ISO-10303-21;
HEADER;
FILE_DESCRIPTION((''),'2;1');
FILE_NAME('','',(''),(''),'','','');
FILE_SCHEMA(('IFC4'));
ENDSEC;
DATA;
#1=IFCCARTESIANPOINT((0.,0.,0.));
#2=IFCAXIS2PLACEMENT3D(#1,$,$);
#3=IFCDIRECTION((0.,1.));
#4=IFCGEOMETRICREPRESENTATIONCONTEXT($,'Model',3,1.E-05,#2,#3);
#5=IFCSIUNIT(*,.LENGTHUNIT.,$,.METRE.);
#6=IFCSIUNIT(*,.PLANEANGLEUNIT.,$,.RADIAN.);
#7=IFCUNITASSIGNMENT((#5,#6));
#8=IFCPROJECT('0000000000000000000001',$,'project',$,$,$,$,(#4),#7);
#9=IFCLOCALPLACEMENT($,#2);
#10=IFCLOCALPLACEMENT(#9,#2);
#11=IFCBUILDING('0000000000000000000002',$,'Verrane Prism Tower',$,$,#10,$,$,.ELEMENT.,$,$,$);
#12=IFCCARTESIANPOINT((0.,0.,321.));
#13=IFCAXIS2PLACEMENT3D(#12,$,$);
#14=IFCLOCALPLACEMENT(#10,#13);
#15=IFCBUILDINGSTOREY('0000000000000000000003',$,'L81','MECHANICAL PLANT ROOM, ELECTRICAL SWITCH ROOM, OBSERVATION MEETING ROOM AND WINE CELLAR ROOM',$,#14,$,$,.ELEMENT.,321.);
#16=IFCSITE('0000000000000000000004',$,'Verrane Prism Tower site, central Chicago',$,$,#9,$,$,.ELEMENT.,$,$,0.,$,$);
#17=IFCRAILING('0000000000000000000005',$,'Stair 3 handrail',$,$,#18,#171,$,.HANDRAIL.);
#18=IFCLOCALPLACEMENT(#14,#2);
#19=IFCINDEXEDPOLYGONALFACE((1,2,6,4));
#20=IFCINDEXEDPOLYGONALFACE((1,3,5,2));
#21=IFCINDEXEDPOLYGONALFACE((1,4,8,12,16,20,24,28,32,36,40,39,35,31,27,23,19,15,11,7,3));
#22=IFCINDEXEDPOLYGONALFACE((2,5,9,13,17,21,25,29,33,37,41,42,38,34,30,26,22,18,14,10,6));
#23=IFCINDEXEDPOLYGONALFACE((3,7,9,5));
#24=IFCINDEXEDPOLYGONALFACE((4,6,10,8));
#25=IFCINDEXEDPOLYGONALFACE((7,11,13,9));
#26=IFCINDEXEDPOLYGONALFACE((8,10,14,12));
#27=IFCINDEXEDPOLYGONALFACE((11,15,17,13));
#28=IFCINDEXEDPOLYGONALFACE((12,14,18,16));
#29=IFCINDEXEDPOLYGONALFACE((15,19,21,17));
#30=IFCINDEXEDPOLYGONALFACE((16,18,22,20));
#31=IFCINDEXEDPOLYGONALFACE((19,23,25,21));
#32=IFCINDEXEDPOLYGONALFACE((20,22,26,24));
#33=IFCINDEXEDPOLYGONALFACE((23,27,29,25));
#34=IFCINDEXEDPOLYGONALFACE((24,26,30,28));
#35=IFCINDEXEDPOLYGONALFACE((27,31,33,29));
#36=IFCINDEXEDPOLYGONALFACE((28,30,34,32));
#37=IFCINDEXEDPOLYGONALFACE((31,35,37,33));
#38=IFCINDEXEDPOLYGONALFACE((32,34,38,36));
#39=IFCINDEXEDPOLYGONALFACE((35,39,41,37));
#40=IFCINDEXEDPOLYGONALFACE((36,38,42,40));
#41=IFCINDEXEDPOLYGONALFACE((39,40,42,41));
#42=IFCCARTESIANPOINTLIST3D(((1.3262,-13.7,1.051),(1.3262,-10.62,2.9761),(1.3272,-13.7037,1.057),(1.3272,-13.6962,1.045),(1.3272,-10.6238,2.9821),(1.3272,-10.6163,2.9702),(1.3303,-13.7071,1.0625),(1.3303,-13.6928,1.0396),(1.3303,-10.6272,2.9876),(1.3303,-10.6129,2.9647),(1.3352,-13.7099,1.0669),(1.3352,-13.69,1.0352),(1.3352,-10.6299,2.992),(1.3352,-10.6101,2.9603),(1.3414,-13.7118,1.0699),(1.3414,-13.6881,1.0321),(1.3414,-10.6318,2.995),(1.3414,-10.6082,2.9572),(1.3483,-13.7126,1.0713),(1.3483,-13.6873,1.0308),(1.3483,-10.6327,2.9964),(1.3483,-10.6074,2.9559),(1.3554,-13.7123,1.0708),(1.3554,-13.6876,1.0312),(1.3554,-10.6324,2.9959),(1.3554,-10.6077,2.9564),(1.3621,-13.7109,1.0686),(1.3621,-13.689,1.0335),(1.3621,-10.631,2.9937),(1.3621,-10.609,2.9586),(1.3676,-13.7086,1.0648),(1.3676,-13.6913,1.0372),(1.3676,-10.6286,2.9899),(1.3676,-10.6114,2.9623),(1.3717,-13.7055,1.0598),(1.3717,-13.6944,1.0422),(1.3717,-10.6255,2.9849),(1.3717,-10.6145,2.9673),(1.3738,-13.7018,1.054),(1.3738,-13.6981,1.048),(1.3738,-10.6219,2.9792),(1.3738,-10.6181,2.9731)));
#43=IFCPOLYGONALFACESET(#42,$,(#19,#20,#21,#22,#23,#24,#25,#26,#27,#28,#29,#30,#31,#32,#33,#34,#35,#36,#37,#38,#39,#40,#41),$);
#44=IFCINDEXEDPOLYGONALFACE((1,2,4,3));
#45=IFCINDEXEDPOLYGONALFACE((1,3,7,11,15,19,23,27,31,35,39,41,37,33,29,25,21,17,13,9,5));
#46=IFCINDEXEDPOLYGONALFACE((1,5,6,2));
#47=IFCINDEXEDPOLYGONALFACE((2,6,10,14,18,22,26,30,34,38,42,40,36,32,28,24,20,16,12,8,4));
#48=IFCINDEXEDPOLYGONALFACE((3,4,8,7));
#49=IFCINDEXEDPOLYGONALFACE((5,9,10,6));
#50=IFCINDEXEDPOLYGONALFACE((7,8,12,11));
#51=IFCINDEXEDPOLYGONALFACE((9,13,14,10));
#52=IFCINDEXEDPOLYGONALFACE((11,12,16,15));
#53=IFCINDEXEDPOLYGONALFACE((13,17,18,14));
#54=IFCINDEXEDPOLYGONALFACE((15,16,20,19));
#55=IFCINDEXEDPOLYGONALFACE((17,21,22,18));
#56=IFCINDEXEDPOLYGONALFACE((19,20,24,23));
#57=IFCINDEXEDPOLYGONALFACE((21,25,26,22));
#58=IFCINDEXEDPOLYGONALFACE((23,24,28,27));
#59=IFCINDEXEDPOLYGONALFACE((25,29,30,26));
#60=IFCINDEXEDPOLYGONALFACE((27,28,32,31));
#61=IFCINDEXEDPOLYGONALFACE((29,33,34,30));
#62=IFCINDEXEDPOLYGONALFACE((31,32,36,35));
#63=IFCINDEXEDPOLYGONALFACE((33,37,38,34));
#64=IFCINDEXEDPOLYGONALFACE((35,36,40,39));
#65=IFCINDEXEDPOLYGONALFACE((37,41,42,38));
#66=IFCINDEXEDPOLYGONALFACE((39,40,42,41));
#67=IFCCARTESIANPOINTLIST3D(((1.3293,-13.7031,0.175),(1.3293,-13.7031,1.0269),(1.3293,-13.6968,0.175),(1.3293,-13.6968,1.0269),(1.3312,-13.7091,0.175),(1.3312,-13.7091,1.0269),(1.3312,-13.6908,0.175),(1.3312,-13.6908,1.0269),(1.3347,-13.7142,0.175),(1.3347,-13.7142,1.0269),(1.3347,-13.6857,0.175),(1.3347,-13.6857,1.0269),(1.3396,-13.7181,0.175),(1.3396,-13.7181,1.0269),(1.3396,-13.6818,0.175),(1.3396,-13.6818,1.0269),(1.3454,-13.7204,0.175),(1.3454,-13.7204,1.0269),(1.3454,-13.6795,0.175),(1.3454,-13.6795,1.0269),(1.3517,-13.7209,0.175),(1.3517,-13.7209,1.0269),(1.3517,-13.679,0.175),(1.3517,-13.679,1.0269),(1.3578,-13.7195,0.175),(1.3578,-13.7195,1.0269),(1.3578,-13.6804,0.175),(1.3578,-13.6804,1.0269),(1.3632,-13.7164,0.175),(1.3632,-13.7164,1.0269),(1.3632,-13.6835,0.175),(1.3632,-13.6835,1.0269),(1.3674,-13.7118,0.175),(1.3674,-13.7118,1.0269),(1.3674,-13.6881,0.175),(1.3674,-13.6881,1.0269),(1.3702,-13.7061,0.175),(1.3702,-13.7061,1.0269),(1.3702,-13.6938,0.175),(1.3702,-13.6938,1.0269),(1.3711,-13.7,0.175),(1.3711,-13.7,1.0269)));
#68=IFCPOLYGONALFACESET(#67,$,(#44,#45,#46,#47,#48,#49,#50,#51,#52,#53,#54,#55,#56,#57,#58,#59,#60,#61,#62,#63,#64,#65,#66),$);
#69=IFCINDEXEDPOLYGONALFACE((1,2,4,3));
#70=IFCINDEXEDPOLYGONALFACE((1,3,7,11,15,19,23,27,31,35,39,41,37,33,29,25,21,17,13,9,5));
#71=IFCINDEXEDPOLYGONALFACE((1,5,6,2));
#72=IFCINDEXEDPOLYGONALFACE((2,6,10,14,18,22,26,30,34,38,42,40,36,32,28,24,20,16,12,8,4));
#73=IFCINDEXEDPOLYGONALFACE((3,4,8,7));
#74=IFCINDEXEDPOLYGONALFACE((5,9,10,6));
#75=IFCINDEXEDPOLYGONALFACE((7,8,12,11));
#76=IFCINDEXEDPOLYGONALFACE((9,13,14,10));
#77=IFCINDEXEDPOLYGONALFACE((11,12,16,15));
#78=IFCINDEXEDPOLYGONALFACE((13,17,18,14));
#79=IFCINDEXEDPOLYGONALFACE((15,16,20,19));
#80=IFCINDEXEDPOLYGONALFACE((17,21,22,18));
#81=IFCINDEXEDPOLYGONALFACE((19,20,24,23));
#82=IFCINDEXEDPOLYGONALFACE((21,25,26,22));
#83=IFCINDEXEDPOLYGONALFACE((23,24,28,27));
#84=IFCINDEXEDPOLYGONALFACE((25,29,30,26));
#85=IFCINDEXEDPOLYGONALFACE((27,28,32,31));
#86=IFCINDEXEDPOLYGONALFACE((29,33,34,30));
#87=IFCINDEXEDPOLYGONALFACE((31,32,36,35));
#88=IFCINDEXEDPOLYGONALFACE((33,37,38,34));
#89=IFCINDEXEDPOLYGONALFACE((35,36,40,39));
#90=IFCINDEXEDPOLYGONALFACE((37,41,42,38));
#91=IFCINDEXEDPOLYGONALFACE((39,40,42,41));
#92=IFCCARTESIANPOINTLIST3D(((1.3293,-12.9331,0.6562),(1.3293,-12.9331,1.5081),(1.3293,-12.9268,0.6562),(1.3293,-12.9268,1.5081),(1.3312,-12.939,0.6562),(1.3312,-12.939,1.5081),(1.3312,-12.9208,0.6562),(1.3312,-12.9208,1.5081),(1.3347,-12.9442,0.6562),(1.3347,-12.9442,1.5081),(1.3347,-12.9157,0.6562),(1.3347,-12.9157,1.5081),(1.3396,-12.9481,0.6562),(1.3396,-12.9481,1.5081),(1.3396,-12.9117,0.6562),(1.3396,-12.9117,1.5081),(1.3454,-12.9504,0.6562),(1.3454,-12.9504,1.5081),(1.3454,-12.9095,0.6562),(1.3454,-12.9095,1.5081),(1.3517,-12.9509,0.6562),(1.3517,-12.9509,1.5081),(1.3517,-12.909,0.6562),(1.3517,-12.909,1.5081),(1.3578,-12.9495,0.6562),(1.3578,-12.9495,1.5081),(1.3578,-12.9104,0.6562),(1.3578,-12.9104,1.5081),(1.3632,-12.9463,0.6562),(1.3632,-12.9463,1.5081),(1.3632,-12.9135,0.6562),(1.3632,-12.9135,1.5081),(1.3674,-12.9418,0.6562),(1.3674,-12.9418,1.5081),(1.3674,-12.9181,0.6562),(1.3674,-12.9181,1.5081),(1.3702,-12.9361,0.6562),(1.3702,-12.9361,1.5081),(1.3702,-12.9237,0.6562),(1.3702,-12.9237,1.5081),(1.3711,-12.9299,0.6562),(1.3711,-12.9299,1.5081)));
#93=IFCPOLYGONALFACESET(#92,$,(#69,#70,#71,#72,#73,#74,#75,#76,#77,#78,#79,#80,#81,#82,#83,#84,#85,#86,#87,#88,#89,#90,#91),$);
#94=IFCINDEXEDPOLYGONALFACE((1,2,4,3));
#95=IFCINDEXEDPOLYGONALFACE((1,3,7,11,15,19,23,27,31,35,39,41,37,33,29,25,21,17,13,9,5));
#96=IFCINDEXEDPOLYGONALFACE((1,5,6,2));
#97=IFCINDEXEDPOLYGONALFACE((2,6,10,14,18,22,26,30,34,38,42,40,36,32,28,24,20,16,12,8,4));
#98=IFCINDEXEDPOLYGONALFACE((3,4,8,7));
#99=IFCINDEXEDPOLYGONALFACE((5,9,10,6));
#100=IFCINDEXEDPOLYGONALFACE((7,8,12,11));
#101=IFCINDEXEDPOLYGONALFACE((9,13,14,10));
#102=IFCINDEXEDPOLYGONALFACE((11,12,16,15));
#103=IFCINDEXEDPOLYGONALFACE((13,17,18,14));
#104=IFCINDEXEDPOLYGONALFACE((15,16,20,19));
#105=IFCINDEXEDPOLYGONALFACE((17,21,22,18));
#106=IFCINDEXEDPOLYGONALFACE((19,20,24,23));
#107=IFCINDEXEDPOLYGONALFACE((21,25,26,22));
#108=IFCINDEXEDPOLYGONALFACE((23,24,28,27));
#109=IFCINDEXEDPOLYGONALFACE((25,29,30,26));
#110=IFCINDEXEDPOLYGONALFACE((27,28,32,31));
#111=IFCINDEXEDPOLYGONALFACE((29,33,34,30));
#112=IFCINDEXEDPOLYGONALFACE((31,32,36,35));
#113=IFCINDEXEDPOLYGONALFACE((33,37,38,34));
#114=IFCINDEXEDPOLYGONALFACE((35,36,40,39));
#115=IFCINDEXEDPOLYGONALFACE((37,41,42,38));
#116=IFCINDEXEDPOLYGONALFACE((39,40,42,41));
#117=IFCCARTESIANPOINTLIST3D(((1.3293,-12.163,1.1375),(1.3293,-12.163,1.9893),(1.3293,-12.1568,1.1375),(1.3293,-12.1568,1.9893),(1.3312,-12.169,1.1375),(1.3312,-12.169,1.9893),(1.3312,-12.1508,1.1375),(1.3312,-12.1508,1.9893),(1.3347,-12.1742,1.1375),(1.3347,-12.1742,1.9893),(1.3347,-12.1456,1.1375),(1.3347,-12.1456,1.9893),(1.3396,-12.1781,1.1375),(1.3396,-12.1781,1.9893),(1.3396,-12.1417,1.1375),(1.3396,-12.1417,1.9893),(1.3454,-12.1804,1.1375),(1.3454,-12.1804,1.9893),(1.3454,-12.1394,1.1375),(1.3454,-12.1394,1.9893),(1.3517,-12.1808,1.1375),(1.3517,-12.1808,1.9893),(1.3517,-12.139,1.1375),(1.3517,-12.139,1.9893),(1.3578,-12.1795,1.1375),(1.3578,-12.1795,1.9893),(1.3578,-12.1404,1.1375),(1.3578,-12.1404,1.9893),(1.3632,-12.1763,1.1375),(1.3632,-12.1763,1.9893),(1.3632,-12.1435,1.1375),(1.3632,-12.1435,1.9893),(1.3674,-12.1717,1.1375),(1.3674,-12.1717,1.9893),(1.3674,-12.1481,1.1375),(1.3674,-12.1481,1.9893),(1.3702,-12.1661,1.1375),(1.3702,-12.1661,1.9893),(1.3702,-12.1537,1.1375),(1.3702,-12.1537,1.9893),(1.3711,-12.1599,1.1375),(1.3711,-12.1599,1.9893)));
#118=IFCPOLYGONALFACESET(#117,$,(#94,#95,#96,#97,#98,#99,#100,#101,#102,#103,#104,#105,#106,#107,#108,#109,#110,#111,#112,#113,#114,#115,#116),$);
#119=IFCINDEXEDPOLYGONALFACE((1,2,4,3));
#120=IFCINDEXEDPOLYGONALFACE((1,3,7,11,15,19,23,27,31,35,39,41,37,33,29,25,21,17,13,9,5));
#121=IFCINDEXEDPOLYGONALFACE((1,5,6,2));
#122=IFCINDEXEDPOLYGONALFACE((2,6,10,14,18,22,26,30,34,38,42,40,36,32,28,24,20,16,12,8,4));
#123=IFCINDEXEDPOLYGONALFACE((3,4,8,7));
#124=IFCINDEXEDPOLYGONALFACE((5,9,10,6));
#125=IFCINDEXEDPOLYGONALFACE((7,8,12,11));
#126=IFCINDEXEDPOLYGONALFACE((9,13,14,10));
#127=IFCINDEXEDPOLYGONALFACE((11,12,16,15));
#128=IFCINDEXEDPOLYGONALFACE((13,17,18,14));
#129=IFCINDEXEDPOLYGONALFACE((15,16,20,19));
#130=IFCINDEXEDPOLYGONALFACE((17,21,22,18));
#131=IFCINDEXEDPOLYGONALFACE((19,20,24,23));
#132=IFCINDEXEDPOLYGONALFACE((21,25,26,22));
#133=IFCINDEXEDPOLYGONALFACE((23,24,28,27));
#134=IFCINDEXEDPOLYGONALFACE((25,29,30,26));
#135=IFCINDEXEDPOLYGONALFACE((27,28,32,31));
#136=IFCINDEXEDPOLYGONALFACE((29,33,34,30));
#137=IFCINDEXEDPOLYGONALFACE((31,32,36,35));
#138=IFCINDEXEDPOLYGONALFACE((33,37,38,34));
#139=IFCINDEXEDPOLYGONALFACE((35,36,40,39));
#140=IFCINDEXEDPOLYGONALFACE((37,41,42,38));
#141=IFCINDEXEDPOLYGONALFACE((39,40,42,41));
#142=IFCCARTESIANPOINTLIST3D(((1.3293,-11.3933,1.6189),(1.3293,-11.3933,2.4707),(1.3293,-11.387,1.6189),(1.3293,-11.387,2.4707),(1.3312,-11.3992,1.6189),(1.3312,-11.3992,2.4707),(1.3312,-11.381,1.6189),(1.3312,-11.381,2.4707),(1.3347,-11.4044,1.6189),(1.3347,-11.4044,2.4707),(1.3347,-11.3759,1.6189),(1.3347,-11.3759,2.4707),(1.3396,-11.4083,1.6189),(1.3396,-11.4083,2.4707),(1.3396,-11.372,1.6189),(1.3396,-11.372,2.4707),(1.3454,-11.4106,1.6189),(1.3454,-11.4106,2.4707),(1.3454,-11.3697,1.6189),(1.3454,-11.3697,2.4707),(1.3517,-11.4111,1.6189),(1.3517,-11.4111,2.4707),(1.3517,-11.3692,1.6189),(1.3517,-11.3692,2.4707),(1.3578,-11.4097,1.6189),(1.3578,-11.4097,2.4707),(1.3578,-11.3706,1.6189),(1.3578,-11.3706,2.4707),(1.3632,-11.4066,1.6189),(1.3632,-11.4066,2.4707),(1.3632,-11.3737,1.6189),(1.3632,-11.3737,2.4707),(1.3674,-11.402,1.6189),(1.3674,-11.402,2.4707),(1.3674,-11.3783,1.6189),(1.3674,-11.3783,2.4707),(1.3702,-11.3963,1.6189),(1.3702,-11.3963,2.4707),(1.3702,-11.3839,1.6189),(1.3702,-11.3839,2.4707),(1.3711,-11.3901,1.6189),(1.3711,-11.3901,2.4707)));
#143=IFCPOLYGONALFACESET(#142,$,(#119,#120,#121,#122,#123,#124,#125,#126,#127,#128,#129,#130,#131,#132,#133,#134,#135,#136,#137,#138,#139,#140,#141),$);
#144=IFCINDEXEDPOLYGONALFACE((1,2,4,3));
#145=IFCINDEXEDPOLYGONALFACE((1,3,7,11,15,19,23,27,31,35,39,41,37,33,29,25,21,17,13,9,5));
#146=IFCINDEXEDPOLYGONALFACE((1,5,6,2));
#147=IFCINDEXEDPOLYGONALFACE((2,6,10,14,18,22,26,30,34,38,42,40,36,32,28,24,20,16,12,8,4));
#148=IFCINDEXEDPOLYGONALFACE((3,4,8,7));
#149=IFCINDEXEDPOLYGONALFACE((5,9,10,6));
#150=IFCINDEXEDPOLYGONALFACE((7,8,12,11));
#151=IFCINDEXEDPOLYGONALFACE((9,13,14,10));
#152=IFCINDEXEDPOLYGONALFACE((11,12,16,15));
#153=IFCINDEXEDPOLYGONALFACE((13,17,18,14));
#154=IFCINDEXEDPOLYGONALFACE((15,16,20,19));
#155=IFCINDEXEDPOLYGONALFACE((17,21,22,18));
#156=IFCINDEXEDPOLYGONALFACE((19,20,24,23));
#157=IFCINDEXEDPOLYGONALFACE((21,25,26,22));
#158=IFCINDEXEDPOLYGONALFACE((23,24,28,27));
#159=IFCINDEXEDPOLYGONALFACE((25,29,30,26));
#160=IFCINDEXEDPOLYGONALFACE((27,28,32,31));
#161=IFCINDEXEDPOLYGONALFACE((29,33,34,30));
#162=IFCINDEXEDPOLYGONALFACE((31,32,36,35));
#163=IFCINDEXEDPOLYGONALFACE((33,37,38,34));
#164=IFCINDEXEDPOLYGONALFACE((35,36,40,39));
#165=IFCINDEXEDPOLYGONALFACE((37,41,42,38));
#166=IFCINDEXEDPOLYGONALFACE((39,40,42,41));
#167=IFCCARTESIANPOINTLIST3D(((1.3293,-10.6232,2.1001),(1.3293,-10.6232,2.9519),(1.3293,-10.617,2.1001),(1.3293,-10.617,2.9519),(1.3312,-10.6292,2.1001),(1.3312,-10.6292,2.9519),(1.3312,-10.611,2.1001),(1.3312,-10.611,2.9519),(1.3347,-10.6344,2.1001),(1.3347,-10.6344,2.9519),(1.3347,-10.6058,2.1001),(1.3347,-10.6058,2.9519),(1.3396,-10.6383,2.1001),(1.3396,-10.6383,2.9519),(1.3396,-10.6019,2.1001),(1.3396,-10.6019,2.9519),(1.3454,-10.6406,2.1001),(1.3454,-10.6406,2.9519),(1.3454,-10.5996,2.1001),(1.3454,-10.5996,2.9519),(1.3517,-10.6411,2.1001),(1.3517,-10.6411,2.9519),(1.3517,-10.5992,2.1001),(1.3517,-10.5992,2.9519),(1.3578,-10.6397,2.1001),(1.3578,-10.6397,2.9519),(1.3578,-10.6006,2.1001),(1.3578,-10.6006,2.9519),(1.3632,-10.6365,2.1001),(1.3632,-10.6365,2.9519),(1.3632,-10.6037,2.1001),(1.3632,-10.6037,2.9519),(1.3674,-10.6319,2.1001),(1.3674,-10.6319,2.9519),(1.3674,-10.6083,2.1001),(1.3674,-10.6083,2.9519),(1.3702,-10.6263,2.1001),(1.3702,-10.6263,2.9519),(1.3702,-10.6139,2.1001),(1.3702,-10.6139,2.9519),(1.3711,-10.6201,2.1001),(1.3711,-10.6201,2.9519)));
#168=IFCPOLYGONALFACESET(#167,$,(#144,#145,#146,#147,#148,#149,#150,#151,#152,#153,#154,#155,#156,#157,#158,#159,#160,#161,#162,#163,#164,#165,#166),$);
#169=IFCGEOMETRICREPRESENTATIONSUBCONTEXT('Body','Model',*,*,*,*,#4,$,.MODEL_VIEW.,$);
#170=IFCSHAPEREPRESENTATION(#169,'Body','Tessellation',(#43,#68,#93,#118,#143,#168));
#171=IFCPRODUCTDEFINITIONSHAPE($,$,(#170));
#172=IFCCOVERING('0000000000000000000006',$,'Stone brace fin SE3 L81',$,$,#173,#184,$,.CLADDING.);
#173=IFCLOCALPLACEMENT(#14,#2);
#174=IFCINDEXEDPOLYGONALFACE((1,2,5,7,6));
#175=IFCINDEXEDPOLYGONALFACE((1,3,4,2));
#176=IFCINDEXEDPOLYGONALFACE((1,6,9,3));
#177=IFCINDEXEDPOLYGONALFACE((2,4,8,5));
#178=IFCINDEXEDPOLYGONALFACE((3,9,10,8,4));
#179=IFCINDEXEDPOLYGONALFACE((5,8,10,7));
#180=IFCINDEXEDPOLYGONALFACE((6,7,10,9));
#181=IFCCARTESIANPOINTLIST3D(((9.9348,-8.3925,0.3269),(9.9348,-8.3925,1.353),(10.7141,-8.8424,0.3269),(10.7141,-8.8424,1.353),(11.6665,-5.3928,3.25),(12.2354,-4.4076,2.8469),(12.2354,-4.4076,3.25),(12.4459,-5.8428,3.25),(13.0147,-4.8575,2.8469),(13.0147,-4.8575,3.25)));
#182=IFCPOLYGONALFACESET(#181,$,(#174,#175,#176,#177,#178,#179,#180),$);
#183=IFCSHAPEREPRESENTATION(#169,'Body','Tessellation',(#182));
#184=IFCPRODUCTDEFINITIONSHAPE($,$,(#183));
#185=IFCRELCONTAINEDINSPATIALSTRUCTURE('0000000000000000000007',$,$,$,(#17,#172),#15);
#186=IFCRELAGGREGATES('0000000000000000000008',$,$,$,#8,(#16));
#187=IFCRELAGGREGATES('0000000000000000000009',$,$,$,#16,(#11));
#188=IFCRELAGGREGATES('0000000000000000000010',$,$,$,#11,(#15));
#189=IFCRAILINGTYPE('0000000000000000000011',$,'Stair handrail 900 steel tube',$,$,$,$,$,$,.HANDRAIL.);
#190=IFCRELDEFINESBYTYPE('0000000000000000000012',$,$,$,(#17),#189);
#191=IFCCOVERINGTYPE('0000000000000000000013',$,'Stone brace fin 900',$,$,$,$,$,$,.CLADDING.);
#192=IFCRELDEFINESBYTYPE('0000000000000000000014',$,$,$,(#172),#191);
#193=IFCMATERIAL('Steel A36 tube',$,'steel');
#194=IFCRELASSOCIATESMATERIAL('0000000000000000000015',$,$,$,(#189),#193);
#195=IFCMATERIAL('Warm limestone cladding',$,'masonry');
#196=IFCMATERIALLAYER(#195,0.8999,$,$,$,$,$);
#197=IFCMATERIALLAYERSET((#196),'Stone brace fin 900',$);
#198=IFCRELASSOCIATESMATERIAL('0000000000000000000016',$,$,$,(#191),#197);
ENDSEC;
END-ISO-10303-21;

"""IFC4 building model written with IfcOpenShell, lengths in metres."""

from ifc_helpers import new_model, si_unit, direction, frame, origin, origin_2d, place, context, subcontext, project, spatial, polyline, circle, outline, extrude, material, layer, layer_set, type_object, element, save


model = new_model("IFC4")

# Units and contexts
model_context = context("Model", 3, precision=1e-05, world=origin(), true_north=direction((0.0, 1.0)))
body_context = subcontext(model_context, "Body", "Model", "MODEL_VIEW")
ifc_project = project(units=[si_unit("LENGTHUNIT", "METRE"), si_unit("PLANEANGLEUNIT", "RADIAN")], contexts=[model_context])

# Site, building, storey
site_placement = place(None, origin())
site = spatial("IfcSite", under=ifc_project, at=site_placement, Name="Verrane Prism Tower site, central Chicago", CompositionType="ELEMENT", RefElevation=0.0)
building_placement = place(site_placement, origin())
building = spatial("IfcBuilding", under=site, at=building_placement, Name="Verrane Prism Tower", CompositionType="ELEMENT")
storey_placement = place(building_placement, frame((0.0, 0.0, 321.0)))
storey = spatial("IfcBuildingStorey", under=building, at=storey_placement, Name="L81", Description="MECHANICAL PLANT ROOM, ELECTRICAL SWITCH ROOM, OBSERVATION MEETING ROOM AND WINE CELLAR ROOM", CompositionType="ELEMENT", Elevation=321.0)

# Railing
ifc_material_1 = material(Name="Steel A36 tube", Category="steel")
railing_type_1 = type_object("IfcRailingType", Name="Stair handrail 900 steel tube", PredefinedType="HANDRAIL", material=ifc_material_1)
railing_1_placement = place(storey_placement, frame((1.3501, -13.7, 0.175)))
element("IfcRailing", 1, at=railing_1_placement, inside=storey, type_object=railing_type_1, Name="Stair 3 handrail", PredefinedType="HANDRAIL", context=body_context, shape_type="SweptSolid", body=[
    extrude(circle(Radius=0.0239, at=origin_2d()), frame((0.0, 0.0, 0.876), z_axis=(0.0, 0.847979, 0.530029), x_axis=(-1.0, 0.0, 0.0)), (0.0, 0.0, 1.0), 3.6321),
    extrude(circle(Radius=0.021, at=origin_2d()), origin(), (0.0, 0.0, 1.0), 0.8518),
    extrude(circle(Radius=0.021, at=origin_2d()), frame((0.0, 0.77, 0.4812)), (0.0, 0.0, 1.0), 0.8518),
    extrude(circle(Radius=0.021, at=origin_2d()), frame((0.0, 1.54, 0.9624)), (0.0, 0.0, 1.0), 0.8518),
    extrude(circle(Radius=0.021, at=origin_2d()), frame((0.0, 2.3098, 1.4438)), (0.0, 0.0, 1.0), 0.8518),
    extrude(circle(Radius=0.021, at=origin_2d()), frame((0.0, 3.0798, 1.925)), (0.0, 0.0, 1.0), 0.8518),
])

# Covering
ifc_material_2 = material(Name="Warm limestone cladding", Category="masonry")
ifc_layer_1 = layer(ifc_material_2, 0.8999)
ifc_layer_set_1 = layer_set([ifc_layer_1], Name="Stone brace fin 900")
covering_type = type_object("IfcCoveringType", Name="Stone brace fin 900", PredefinedType="CLADDING", material=ifc_layer_set_1)
covering_placement = place(storey_placement, frame((10.3245, -8.6174, 0.3269), z_axis=(0.0, 0.0, 1.0), x_axis=(0.49998, 0.866037, 0.0)))
element("IfcCovering", 2, at=covering_placement, inside=storey, type_object=covering_type, Name="Stone brace fin SE3 L81", PredefinedType="CLADDING", context=body_context, shape_type="SweptSolid", body=[
    extrude(outline(polyline([(4.6013, 2.9231), (3.4636, 2.9231), (0.0, 1.0261), (0.0, 0.0), (4.6013, 2.52), (4.6013, 2.9231)])), frame((0.0, 0.45, 0.0), z_axis=(0.0, -1.0, 0.0), x_axis=(1.0, 0.0, 0.0)), (0.0, 0.0, 1.0), 0.8999),
])

save(model, "model.ifc")
